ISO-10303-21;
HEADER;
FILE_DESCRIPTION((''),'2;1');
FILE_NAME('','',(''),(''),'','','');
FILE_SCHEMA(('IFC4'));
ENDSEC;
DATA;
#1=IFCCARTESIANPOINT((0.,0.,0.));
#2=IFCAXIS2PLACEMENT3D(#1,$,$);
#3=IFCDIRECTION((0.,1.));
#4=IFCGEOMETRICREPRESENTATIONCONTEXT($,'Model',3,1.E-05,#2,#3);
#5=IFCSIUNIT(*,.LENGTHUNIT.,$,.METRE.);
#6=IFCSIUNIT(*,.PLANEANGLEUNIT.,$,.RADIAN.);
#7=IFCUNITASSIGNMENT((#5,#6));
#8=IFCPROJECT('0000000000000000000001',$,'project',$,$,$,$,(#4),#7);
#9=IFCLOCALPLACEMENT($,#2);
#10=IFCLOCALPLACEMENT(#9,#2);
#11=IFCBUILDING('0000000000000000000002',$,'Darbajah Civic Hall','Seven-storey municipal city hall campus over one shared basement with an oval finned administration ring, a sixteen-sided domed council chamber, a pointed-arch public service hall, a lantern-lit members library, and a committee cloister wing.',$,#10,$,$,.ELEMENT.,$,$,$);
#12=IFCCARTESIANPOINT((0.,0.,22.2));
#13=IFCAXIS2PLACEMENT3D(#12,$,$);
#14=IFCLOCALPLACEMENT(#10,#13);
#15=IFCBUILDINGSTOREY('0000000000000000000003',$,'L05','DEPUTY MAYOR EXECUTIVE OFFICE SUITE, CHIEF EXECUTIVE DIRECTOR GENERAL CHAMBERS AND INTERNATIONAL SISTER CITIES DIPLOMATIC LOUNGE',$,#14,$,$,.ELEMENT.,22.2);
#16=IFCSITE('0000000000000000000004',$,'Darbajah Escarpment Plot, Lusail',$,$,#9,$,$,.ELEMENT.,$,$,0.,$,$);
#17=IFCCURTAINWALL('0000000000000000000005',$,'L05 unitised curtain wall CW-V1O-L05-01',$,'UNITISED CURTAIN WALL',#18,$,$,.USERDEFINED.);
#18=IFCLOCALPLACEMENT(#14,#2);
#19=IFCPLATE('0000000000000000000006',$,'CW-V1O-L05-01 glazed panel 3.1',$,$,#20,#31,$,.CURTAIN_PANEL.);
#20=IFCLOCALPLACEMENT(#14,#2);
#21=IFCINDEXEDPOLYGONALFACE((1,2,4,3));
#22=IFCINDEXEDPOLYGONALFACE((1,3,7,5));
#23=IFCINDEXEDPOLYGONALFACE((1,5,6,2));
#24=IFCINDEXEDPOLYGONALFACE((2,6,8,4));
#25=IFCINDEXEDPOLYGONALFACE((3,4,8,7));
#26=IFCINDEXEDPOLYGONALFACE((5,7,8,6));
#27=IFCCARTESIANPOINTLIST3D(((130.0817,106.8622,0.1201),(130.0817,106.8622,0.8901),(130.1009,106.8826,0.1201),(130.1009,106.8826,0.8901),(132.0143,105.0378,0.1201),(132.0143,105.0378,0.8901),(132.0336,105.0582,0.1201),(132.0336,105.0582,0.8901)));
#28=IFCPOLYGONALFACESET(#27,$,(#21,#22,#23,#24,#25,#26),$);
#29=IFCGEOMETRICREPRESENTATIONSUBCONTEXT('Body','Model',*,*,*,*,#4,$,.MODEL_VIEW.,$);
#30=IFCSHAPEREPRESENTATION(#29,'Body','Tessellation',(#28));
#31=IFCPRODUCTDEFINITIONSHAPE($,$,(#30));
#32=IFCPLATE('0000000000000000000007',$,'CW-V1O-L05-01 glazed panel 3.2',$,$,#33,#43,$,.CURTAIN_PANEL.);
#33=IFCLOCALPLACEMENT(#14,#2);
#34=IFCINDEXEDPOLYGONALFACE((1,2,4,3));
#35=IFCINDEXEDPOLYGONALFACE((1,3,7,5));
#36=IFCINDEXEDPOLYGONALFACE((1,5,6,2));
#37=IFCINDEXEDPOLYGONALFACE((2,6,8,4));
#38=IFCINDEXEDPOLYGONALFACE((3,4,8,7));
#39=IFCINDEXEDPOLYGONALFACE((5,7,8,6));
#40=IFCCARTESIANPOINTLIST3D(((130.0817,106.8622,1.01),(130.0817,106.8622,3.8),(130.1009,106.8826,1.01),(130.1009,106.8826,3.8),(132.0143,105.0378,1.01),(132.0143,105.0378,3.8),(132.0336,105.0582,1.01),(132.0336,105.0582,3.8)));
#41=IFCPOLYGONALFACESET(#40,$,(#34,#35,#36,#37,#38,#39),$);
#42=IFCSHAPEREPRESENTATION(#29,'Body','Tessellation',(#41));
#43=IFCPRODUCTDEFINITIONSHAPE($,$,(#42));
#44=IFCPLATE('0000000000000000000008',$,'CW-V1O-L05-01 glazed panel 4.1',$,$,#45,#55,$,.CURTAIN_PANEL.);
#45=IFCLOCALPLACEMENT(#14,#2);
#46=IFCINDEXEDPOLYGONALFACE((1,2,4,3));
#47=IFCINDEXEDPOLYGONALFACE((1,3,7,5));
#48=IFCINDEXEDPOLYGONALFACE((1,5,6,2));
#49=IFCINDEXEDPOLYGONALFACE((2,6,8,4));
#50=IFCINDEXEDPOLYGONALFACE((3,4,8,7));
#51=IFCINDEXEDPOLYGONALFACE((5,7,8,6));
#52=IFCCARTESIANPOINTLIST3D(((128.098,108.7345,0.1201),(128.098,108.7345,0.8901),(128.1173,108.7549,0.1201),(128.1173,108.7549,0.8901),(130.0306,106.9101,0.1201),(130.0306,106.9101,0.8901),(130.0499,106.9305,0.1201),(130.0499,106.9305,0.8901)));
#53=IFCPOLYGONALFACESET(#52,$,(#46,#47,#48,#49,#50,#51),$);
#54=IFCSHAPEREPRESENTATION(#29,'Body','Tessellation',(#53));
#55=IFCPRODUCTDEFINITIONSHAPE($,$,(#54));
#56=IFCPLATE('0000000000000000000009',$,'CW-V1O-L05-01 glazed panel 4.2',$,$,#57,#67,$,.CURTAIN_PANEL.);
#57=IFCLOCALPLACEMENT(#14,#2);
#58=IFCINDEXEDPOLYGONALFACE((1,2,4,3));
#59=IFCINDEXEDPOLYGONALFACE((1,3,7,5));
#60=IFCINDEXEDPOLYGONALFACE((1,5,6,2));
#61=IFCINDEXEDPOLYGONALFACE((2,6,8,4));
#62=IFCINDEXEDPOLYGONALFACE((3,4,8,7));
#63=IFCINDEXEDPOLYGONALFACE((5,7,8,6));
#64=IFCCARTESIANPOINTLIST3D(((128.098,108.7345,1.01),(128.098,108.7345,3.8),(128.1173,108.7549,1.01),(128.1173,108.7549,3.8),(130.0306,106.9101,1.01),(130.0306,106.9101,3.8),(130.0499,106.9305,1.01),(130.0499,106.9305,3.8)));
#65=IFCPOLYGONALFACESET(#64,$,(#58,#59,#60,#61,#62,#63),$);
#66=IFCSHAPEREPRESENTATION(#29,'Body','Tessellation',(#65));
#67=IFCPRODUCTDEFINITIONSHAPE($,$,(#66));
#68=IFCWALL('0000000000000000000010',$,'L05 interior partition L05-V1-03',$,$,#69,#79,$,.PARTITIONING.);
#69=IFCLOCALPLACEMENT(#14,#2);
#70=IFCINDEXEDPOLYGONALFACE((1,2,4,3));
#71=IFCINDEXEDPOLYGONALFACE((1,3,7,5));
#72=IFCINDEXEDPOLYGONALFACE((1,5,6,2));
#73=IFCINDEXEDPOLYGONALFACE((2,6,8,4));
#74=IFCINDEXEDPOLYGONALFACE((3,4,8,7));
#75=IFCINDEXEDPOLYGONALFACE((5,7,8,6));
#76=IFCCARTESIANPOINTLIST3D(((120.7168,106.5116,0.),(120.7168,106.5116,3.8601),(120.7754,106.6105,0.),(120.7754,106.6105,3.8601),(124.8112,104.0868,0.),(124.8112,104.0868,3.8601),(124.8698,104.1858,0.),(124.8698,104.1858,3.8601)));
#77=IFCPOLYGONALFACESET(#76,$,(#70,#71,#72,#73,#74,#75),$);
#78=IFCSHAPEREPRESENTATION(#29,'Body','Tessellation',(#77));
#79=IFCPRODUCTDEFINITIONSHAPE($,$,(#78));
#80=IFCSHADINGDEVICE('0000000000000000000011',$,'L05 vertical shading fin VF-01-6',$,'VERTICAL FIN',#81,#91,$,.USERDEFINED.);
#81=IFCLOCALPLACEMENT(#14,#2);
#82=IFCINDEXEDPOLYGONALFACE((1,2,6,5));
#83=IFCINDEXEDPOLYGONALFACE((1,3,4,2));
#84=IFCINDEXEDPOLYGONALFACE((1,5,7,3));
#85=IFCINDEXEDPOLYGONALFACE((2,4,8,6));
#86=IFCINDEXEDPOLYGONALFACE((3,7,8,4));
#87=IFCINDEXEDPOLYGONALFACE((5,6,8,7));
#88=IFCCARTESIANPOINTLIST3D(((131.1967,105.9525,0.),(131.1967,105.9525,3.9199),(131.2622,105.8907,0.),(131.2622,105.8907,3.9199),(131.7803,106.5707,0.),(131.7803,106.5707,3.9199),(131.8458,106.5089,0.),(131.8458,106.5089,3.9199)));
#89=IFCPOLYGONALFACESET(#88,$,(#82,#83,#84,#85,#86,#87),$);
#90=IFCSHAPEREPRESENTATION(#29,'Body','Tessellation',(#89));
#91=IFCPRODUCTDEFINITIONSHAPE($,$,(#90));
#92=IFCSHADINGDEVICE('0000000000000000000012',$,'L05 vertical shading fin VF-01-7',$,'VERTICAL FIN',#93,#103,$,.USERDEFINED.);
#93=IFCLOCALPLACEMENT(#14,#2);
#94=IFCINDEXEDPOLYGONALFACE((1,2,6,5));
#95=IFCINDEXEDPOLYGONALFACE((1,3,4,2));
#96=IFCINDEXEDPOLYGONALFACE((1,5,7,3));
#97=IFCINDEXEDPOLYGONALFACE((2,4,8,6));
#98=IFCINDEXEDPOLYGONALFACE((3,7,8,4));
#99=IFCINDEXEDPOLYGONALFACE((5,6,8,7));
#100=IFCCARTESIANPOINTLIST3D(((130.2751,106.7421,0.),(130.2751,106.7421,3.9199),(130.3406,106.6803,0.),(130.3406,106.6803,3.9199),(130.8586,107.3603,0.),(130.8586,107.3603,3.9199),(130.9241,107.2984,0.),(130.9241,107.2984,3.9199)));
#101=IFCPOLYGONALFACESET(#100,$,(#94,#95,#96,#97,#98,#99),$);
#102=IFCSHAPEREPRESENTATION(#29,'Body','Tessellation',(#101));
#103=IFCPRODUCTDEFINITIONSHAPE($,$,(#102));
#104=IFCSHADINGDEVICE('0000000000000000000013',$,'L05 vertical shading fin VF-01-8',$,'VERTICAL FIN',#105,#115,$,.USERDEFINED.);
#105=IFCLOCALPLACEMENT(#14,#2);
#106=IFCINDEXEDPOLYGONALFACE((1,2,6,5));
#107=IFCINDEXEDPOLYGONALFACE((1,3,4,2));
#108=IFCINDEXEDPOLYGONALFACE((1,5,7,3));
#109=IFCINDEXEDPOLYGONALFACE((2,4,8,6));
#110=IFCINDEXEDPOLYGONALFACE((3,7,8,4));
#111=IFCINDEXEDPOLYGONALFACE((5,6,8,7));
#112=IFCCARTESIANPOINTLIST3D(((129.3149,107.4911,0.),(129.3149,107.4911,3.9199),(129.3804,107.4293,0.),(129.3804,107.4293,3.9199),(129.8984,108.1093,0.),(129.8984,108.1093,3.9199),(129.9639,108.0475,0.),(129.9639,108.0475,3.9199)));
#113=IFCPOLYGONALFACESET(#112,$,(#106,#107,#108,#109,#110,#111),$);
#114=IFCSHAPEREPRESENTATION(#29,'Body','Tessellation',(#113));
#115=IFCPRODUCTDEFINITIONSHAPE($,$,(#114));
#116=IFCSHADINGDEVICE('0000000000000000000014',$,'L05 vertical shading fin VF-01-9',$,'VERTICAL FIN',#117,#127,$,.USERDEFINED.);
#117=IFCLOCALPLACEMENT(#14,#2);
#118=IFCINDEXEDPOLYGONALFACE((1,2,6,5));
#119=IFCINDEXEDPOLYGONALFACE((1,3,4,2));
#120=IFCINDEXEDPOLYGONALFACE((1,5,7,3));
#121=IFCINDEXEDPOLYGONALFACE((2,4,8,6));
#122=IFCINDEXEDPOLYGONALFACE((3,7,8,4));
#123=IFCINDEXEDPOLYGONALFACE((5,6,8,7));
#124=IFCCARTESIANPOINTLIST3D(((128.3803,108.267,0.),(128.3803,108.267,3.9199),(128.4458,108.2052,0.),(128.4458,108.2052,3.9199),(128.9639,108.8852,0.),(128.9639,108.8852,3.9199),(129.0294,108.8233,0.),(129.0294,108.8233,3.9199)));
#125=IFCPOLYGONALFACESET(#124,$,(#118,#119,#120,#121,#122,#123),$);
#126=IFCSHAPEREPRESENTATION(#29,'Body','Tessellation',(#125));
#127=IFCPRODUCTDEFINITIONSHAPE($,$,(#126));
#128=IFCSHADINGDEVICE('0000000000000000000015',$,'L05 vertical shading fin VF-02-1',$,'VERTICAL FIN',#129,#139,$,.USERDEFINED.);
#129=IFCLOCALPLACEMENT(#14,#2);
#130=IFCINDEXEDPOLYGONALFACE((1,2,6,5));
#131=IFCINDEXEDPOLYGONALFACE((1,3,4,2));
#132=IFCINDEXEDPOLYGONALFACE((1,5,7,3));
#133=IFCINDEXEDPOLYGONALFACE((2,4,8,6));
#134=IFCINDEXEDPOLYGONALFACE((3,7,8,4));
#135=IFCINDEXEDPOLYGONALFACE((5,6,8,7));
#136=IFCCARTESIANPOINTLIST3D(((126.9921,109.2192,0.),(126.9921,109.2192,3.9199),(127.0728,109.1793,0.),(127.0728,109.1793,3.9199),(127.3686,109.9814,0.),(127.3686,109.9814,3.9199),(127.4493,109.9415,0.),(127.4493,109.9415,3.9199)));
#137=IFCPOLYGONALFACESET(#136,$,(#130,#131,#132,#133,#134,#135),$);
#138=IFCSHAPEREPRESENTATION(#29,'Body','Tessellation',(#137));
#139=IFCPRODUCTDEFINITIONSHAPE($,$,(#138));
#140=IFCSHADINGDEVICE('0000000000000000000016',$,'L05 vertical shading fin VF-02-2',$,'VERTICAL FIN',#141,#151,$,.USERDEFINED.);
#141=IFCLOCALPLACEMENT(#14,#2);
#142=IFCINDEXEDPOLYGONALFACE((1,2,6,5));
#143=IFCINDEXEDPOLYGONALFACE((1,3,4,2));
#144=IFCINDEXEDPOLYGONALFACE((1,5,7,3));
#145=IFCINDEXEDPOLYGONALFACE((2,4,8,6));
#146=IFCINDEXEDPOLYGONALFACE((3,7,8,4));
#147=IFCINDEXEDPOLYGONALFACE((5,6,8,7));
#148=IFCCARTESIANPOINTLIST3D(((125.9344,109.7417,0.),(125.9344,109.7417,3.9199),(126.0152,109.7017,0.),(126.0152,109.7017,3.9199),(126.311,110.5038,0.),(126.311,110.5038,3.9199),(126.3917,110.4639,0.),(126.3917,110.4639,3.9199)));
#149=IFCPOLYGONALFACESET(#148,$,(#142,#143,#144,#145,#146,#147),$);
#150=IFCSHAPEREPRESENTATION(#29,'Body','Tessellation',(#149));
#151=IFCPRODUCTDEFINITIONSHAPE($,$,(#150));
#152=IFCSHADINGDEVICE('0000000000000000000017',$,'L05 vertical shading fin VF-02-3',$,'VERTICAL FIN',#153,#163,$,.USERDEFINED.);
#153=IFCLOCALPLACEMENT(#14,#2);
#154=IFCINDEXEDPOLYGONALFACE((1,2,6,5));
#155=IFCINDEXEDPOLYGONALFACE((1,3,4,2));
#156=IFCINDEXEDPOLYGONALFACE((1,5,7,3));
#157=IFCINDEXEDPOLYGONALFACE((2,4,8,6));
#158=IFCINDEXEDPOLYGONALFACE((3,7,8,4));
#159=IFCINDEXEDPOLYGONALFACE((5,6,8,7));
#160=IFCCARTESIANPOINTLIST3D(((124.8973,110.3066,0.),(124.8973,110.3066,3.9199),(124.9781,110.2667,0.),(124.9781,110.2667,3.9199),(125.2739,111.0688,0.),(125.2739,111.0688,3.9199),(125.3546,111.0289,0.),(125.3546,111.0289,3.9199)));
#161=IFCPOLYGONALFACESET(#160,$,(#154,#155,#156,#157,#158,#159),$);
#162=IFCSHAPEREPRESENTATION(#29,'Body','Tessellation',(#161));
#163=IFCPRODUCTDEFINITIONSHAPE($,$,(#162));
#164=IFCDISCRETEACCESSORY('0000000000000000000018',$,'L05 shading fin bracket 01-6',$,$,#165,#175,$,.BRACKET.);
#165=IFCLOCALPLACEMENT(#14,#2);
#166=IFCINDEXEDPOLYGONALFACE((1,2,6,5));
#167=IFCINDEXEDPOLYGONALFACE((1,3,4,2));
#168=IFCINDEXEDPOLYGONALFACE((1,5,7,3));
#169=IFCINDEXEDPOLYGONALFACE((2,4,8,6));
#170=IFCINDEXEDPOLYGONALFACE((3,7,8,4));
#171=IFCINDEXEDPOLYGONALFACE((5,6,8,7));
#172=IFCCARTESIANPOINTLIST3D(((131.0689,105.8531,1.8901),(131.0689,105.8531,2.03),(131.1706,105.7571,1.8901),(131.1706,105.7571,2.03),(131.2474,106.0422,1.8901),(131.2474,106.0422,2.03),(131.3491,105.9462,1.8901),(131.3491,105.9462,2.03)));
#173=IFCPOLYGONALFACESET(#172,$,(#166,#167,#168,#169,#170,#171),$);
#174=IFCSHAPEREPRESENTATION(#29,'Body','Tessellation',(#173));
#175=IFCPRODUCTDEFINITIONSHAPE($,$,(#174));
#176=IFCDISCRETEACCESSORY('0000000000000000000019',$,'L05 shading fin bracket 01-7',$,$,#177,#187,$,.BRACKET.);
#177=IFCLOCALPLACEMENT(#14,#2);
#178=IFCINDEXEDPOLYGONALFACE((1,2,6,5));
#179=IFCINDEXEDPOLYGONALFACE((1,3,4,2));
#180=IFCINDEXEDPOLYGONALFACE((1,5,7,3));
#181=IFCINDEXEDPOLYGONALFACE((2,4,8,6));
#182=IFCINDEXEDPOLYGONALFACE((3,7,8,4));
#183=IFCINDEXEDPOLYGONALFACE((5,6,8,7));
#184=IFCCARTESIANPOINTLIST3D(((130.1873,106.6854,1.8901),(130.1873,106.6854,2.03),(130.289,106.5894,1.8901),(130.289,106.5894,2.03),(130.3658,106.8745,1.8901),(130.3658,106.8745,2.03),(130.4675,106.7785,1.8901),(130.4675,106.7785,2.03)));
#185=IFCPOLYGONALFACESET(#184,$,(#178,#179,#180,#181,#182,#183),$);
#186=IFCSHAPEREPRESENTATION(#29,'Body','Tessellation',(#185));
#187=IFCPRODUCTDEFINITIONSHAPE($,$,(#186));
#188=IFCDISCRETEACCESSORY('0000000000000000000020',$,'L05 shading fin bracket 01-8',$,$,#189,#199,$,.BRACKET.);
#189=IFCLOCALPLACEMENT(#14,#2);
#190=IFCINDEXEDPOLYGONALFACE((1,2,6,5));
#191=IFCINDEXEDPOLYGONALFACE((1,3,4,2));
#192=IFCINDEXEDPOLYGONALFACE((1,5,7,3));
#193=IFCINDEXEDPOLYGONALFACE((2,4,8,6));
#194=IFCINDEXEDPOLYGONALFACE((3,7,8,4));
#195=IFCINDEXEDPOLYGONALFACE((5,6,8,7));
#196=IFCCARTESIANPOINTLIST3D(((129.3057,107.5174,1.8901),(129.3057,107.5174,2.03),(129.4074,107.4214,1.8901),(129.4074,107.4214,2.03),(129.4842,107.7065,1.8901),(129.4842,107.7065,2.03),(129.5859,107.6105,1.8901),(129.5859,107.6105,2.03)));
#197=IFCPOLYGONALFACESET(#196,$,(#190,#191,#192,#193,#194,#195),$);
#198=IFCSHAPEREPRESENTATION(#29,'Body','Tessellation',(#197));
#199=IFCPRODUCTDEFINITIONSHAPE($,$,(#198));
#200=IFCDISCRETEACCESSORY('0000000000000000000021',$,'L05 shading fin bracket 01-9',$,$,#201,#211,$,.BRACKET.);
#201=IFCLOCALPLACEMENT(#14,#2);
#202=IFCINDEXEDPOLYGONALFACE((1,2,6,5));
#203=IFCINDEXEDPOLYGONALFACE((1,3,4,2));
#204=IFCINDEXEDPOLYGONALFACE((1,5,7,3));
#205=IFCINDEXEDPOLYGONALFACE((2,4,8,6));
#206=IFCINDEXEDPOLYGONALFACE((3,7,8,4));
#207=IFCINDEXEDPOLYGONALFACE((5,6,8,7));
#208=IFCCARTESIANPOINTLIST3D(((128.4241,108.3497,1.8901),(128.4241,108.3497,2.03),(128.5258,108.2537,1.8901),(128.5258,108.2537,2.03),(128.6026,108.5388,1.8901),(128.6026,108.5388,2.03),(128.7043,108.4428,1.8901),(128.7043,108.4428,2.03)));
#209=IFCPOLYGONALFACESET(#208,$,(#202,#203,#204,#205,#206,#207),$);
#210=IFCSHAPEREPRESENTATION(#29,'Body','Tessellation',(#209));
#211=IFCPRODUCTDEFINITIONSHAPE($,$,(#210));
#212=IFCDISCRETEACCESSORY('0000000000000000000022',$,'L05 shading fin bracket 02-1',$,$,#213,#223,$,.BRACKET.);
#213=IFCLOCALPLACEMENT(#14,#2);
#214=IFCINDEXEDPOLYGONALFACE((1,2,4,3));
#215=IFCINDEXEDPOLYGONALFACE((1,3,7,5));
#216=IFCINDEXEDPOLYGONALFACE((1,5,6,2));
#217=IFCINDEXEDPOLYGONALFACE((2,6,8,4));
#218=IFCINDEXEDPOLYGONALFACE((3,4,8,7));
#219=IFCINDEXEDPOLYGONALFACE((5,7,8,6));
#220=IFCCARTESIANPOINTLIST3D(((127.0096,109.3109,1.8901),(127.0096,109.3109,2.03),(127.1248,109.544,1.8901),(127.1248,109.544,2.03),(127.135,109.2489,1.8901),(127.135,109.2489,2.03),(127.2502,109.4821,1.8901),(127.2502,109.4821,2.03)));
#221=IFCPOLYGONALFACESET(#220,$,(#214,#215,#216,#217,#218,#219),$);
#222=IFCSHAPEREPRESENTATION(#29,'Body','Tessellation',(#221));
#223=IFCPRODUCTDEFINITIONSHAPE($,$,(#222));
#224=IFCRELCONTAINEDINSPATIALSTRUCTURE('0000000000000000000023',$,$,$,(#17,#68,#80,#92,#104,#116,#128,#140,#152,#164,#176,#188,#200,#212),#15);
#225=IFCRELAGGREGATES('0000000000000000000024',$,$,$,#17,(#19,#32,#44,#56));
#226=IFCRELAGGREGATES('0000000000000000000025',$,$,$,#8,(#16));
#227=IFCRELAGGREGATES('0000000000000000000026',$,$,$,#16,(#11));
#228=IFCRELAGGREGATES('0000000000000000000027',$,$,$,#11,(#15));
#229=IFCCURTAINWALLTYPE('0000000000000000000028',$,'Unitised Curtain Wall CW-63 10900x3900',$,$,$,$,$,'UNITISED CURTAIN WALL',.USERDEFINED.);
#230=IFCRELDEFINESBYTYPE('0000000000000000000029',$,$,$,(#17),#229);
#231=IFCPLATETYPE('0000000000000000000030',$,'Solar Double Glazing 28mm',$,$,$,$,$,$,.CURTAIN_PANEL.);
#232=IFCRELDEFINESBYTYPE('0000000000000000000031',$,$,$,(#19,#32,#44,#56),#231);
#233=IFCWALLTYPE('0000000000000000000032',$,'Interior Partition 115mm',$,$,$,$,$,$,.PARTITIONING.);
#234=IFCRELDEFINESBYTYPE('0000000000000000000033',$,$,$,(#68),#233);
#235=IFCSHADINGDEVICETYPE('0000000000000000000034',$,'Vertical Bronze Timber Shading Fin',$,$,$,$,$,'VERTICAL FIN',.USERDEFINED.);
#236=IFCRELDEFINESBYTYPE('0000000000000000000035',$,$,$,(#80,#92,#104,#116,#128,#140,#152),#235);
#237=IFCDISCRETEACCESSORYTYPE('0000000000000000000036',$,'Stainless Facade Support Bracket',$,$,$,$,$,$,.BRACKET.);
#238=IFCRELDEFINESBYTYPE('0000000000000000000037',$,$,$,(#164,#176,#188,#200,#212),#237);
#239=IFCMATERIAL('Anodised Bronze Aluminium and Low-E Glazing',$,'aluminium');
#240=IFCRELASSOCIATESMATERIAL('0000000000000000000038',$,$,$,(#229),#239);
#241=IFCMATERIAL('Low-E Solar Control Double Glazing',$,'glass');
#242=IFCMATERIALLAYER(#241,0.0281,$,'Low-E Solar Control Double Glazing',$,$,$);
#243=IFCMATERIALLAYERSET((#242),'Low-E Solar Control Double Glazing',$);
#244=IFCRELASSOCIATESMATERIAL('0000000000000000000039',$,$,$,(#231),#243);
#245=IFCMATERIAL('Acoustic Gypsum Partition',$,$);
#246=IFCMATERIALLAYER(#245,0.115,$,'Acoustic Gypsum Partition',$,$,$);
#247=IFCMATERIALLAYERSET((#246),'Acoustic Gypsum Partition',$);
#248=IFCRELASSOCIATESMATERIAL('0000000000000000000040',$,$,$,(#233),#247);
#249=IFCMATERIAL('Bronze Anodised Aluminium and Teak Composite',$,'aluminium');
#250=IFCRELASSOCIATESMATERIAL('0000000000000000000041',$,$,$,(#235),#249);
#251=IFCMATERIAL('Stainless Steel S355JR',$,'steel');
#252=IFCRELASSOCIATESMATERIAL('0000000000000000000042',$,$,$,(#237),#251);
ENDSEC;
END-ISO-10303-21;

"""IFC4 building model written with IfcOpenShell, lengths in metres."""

from ifc_helpers import new_model, si_unit, direction, frame, frame_2d, origin, origin_2d, place, context, subcontext, project, spatial, rectangle, extrude, material, layer, layer_set, type_object, element, aggregate, save


model = new_model("IFC4")

# Units and contexts
model_context = context("Model", 3, precision=1e-05, world=origin(), true_north=direction((0.0, 1.0)))
body_context = subcontext(model_context, "Body", "Model", "MODEL_VIEW")
ifc_project = project(units=[si_unit("LENGTHUNIT", "METRE"), si_unit("PLANEANGLEUNIT", "RADIAN")], contexts=[model_context])

# Site, building, storey
site_placement = place(None, origin())
site = spatial("IfcSite", under=ifc_project, at=site_placement, Name="Darbajah Escarpment Plot, Lusail", CompositionType="ELEMENT", RefElevation=0.0)
building_placement = place(site_placement, origin())
building = spatial("IfcBuilding", under=site, at=building_placement, Name="Darbajah Civic Hall", Description="Seven-storey municipal city hall campus over one shared basement with an oval finned administration ring, a sixteen-sided domed council chamber, a pointed-arch public service hall, a lantern-lit members library, and a committee cloister wing.", CompositionType="ELEMENT")
storey_placement = place(building_placement, frame((0.0, 0.0, 22.2)))
storey = spatial("IfcBuildingStorey", under=building, at=storey_placement, Name="L05", Description="DEPUTY MAYOR EXECUTIVE OFFICE SUITE, CHIEF EXECUTIVE DIRECTOR GENERAL CHAMBERS AND INTERNATIONAL SISTER CITIES DIPLOMATIC LOUNGE", CompositionType="ELEMENT", Elevation=22.2)

# Curtain wall
ifc_material_1 = material(Name="Anodised Bronze Aluminium and Low-E Glazing", Category="aluminium")
curtain_wall_type_1 = type_object("IfcCurtainWallType", Name="Unitised Curtain Wall CW-63 10900x3900", ElementType="UNITISED CURTAIN WALL", PredefinedType="USERDEFINED", material=ifc_material_1)
curtain_wall_1_placement = place(storey_placement, origin())
curtain_wall_1 = element("IfcCurtainWall", 1, at=curtain_wall_1_placement, inside=storey, type_object=curtain_wall_type_1, Name="L05 unitised curtain wall CW-V1O-L05-01", ObjectType="UNITISED CURTAIN WALL", PredefinedType="USERDEFINED")

# Plates
ifc_material_2 = material(Name="Low-E Solar Control Double Glazing", Category="glass")
ifc_layer_1 = layer(ifc_material_2, 0.0281, Name="Low-E Solar Control Double Glazing")
ifc_layer_set_1 = layer_set([ifc_layer_1], Name="Low-E Solar Control Double Glazing")
plate_type_1 = type_object("IfcPlateType", Name="Solar Double Glazing 28mm", PredefinedType="CURTAIN_PANEL", material=ifc_layer_set_1)
plate_1_placement = place(storey_placement, frame((131.0576, 105.9602, 0.1201), z_axis=(0.0, 0.0, 1.0), x_axis=(-0.727174, 0.686453, 0.0)))
plate_1 = element("IfcPlate", 2, at=plate_1_placement, type_object=plate_type_1, Name="CW-V1O-L05-01 glazed panel 3.1", PredefinedType="CURTAIN_PANEL", context=body_context, shape_type="SweptSolid", body=[
    extrude(rectangle(XDim=2.6577, YDim=0.0281, at=origin_2d()), origin(), (0.0, 0.0, 1.0), 0.77),
])
plate_2_placement = place(storey_placement, frame((131.0576, 105.9602, 1.01), z_axis=(0.0, 0.0, 1.0), x_axis=(-0.727174, 0.686453, 0.0)))
plate_2 = element("IfcPlate", 3, at=plate_2_placement, type_object=plate_type_1, Name="CW-V1O-L05-01 glazed panel 3.2", PredefinedType="CURTAIN_PANEL", context=body_context, shape_type="SweptSolid", body=[
    extrude(rectangle(XDim=2.6577, YDim=0.0281, at=origin_2d()), origin(), (0.0, 0.0, 1.0), 2.79),
])
plate_3_placement = place(storey_placement, frame((129.074, 107.8325, 0.1201), z_axis=(0.0, 0.0, 1.0), x_axis=(-0.727174, 0.686453, 0.0)))
plate_3 = element("IfcPlate", 4, at=plate_3_placement, type_object=plate_type_1, Name="CW-V1O-L05-01 glazed panel 4.1", PredefinedType="CURTAIN_PANEL", context=body_context, shape_type="SweptSolid", body=[
    extrude(rectangle(XDim=2.6577, YDim=0.0281, at=origin_2d()), origin(), (0.0, 0.0, 1.0), 0.77),
])
plate_4_placement = place(storey_placement, frame((129.074, 107.8325, 1.01), z_axis=(0.0, 0.0, 1.0), x_axis=(-0.727174, 0.686453, 0.0)))
plate_4 = element("IfcPlate", 5, at=plate_4_placement, type_object=plate_type_1, Name="CW-V1O-L05-01 glazed panel 4.2", PredefinedType="CURTAIN_PANEL", context=body_context, shape_type="SweptSolid", body=[
    extrude(rectangle(XDim=2.6577, YDim=0.0281, at=origin_2d()), origin(), (0.0, 0.0, 1.0), 2.79),
])
aggregate(curtain_wall_1, [plate_1, plate_2, plate_3, plate_4])

# Wall
ifc_material_3 = material(Name="Acoustic Gypsum Partition")
ifc_layer_2 = layer(ifc_material_3, 0.115, Name="Acoustic Gypsum Partition")
ifc_layer_set_2 = layer_set([ifc_layer_2], Name="Acoustic Gypsum Partition")
wall_type = type_object("IfcWallType", Name="Interior Partition 115mm", PredefinedType="PARTITIONING", material=ifc_layer_set_2)
wall_placement = place(storey_placement, frame((124.8406, 104.1362, 0.0), z_axis=(0.0, 0.0, 1.0), x_axis=(-0.860435, 0.50956, 0.0)))
element("IfcWall", 6, at=wall_placement, inside=storey, type_object=wall_type, Name="L05 interior partition L05-V1-03", PredefinedType="PARTITIONING", context=body_context, shape_type="SweptSolid", body=[
    extrude(rectangle(XDim=4.7585, YDim=0.115, at=frame_2d((2.3794, 0.0))), origin(), (0.0, 0.0, 1.0), 3.8601),
])

# Shading devices
ifc_material_4 = material(Name="Bronze Anodised Aluminium and Teak Composite", Category="aluminium")
shading_device_type = type_object("IfcShadingDeviceType", Name="Vertical Bronze Timber Shading Fin", ElementType="VERTICAL FIN", PredefinedType="USERDEFINED", material=ifc_material_4)
for number, where, z_axis, x_axis, name in (
    (7, (131.5212, 106.2307, 0.0), (0.0, 0.0, 1.0), (0.686453, 0.727174, 0.0), "L05 vertical shading fin VF-01-6"),
    (8, (130.5996, 107.0203, 0.0), (0.0, 0.0, 1.0), (0.686453, 0.727174, 0.0), "L05 vertical shading fin VF-01-7"),
    (9, (129.6394, 107.7693, 0.0), (0.0, 0.0, 1.0), (0.686453, 0.727174, 0.0), "L05 vertical shading fin VF-01-8"),
    (10, (128.7048, 108.5452, 0.0), (0.0, 0.0, 1.0), (0.686453, 0.727174, 0.0), "L05 vertical shading fin VF-01-9"),
    (11, (127.2207, 109.5803, 0.0), (0.0, 0.0, 1.0), (0.442915, 0.896564, 0.0), "L05 vertical shading fin VF-02-1"),
    (12, (126.1631, 110.1028, 0.0), (0.0, 0.0, 1.0), (0.442915, 0.896564, 0.0), "L05 vertical shading fin VF-02-2"),
    (13, (125.126, 110.6677, 0.0), (0.0, 0.0, 1.0), (0.442915, 0.896564, 0.0), "L05 vertical shading fin VF-02-3"),
):
    element("IfcShadingDevice", number, at=place(storey_placement, frame(where, z_axis=z_axis, x_axis=x_axis)), inside=storey, type_object=shading_device_type, Name=name, ObjectType="VERTICAL FIN", PredefinedType="USERDEFINED", context=body_context, shape_type="SweptSolid", body=[
        extrude(rectangle(XDim=0.8501, YDim=0.0901, at=origin_2d()), origin(), (0.0, 0.0, 1.0), 3.9199),
    ])

# Discrete accessories
ifc_material_5 = material(Name="Stainless Steel S355JR", Category="steel")
discrete_accessory_type = type_object("IfcDiscreteAccessoryType", Name="Stainless Facade Support Bracket", PredefinedType="BRACKET", material=ifc_material_5)
for number, where, z_axis, x_axis, name in (
    (14, (131.209, 105.8997, 1.8901), (0.0, 0.0, 1.0), (0.686453, 0.727174, 0.0), "L05 shading fin bracket 01-6"),
    (15, (130.3274, 106.7319, 1.8901), (0.0, 0.0, 1.0), (0.686453, 0.727174, 0.0), "L05 shading fin bracket 01-7"),
    (16, (129.4458, 107.564, 1.8901), (0.0, 0.0, 1.0), (0.686453, 0.727174, 0.0), "L05 shading fin bracket 01-8"),
    (17, (128.5642, 108.3962, 1.8901), (0.0, 0.0, 1.0), (0.686453, 0.727174, 0.0), "L05 shading fin bracket 01-9"),
    (18, (127.1299, 109.3965, 1.8901), (0.0, 0.0, 1.0), (0.442915, 0.896564, 0.0), "L05 shading fin bracket 02-1"),
):
    element("IfcDiscreteAccessory", number, at=place(storey_placement, frame(where, z_axis=z_axis, x_axis=x_axis)), inside=storey, type_object=discrete_accessory_type, Name=name, PredefinedType="BRACKET", context=body_context, shape_type="SweptSolid", body=[
        extrude(rectangle(XDim=0.26, YDim=0.1399, at=origin_2d()), origin(), (0.0, 0.0, 1.0), 0.1399),
    ])

save(model, "model.ifc")
